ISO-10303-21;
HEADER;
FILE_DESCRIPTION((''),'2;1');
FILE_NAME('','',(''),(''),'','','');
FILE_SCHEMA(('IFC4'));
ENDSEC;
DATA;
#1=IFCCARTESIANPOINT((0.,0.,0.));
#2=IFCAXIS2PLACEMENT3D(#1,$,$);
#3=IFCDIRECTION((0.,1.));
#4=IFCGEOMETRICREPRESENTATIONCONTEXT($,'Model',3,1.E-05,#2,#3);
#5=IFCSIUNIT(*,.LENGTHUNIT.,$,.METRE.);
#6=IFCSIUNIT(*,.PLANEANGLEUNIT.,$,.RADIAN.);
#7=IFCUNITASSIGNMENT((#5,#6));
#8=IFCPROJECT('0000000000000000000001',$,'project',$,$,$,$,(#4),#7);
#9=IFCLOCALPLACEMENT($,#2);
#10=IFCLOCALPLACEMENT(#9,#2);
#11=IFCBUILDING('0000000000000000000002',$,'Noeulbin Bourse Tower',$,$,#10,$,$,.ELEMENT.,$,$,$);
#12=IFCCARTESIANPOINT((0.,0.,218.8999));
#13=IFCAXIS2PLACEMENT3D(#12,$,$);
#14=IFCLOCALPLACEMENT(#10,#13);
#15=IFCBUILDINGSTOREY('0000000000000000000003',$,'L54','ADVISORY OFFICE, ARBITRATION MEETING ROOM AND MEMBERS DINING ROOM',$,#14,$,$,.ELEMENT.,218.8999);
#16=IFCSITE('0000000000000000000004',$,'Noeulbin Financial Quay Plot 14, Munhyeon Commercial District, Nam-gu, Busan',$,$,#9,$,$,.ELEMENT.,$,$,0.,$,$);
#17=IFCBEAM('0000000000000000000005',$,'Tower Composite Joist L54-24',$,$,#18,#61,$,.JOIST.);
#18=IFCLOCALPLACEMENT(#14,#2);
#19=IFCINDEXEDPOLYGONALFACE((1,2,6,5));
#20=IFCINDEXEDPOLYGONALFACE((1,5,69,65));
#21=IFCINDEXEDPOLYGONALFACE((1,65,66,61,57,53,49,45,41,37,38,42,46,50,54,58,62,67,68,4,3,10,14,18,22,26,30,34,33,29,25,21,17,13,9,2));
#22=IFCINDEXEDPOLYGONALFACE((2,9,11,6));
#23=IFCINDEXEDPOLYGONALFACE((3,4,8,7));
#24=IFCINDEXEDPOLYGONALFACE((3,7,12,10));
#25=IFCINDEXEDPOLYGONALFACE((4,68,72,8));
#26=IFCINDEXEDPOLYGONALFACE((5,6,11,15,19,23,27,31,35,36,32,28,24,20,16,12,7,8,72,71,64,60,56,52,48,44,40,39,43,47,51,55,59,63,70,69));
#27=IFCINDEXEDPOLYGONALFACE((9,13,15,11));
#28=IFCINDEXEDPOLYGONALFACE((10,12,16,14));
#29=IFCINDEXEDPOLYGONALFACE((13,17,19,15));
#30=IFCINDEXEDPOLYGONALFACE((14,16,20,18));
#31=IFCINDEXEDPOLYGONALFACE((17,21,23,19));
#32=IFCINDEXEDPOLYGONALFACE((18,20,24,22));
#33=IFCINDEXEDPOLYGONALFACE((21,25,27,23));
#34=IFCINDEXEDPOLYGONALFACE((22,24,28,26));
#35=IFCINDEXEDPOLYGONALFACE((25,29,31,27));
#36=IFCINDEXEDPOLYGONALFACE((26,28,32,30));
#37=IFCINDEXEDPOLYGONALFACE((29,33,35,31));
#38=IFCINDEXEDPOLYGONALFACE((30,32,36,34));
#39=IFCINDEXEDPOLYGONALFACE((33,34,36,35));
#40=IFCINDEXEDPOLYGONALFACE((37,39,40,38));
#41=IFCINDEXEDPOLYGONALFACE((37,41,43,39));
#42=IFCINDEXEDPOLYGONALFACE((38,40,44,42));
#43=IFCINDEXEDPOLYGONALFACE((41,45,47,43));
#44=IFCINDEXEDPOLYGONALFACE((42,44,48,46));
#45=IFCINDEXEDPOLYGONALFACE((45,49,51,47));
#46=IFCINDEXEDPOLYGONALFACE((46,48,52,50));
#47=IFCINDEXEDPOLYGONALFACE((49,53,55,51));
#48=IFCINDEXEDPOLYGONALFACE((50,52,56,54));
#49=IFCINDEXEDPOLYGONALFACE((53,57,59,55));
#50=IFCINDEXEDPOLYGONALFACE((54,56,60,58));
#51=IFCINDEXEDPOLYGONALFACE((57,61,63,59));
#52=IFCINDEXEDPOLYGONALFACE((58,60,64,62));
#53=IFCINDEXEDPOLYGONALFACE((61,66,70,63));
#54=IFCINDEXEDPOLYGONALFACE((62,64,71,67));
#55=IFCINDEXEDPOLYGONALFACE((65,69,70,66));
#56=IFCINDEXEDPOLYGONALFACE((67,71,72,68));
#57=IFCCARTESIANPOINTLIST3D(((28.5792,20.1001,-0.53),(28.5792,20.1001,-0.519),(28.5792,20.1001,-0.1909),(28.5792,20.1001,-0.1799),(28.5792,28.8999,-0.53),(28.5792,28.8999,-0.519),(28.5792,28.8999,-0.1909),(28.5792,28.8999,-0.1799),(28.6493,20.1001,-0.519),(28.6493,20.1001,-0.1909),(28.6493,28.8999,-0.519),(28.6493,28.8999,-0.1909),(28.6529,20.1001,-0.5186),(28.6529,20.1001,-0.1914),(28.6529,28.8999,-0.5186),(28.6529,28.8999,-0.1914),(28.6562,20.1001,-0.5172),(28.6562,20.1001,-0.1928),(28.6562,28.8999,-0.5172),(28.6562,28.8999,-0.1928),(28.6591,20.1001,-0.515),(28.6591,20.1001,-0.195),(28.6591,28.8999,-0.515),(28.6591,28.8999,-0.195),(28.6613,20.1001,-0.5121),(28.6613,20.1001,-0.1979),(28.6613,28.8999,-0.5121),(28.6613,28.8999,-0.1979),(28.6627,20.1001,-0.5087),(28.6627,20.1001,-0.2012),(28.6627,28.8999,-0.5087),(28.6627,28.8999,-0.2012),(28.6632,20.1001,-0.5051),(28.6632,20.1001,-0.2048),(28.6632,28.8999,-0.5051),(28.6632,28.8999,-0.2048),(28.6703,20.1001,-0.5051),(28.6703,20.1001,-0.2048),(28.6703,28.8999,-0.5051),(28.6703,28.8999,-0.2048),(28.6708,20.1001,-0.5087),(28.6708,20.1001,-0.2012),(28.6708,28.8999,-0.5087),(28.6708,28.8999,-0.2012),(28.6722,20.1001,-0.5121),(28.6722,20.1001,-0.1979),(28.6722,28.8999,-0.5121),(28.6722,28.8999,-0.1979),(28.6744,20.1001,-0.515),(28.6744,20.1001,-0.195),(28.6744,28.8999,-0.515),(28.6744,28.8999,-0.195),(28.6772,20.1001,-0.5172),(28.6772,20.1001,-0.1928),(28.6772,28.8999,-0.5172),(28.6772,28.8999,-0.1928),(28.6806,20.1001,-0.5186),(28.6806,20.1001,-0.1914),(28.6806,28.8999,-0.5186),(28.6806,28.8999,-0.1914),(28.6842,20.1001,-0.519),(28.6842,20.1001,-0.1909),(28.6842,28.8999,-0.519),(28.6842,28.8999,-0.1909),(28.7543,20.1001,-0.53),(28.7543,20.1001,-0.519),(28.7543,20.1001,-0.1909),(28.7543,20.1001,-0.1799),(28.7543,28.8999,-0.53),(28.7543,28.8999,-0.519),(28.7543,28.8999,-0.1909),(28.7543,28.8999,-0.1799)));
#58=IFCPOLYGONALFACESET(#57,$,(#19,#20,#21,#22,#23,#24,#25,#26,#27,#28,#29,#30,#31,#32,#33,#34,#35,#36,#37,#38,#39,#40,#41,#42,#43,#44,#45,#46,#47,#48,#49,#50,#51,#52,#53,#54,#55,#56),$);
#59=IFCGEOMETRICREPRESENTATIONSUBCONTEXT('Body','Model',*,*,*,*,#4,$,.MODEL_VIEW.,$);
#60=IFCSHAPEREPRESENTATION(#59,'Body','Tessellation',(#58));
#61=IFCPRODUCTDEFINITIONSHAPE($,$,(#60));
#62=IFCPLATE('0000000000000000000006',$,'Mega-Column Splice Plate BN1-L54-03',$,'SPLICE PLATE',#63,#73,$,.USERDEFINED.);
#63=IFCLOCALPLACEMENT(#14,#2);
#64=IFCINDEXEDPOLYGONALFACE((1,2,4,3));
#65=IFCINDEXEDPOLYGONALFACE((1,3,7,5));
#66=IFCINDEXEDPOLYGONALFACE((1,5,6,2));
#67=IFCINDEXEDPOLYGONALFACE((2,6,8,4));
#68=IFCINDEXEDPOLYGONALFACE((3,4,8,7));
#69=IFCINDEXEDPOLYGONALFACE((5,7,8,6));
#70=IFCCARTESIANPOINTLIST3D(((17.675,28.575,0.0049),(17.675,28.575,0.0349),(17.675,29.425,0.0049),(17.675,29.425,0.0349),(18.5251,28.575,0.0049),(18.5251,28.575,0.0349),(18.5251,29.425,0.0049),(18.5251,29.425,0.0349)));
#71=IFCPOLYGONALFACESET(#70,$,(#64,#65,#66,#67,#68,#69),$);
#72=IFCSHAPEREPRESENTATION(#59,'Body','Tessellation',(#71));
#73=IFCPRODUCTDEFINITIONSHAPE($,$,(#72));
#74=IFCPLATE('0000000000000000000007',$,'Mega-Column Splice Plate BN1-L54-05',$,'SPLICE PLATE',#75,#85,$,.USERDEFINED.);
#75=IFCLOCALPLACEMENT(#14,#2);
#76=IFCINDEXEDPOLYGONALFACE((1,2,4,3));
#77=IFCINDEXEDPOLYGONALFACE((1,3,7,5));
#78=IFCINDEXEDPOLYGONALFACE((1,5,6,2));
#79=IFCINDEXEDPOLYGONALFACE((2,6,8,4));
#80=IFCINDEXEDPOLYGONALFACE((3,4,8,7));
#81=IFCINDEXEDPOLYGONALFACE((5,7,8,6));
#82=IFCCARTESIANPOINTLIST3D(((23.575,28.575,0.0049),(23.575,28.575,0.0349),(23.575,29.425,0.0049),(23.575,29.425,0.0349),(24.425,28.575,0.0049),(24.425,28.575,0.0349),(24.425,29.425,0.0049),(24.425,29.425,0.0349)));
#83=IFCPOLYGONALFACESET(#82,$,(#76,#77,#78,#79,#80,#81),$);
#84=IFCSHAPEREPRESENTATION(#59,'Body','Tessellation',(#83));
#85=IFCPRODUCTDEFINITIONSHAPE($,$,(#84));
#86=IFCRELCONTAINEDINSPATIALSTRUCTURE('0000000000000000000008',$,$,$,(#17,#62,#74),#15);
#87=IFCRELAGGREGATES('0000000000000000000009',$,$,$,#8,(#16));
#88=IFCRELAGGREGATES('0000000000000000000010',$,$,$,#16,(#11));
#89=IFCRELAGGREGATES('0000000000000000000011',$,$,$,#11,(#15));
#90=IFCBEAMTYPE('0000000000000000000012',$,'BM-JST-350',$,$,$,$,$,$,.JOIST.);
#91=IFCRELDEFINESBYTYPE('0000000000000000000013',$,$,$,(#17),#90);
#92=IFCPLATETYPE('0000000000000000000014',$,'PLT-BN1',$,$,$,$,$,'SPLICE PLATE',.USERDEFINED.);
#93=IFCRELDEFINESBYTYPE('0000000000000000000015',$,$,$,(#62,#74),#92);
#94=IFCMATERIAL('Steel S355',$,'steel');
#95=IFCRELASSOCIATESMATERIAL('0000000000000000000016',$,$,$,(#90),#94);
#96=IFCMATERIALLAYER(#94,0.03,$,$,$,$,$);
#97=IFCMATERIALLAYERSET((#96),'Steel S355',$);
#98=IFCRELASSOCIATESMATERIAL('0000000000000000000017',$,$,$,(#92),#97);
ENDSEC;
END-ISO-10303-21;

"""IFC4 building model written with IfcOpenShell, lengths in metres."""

from ifc_helpers import new_model, si_unit, direction, frame, origin, origin_2d, place, context, subcontext, project, spatial, rectangle, i_section, extrude, material, layer, layer_set, material_profile, profile_set, type_object, element, save


model = new_model("IFC4")

# Units and contexts
model_context = context("Model", 3, precision=1e-05, world=origin(), true_north=direction((0.0, 1.0)))
body_context = subcontext(model_context, "Body", "Model", "MODEL_VIEW")
ifc_project = project(units=[si_unit("LENGTHUNIT", "METRE"), si_unit("PLANEANGLEUNIT", "RADIAN")], contexts=[model_context])

# Site, building, storey
site_placement = place(None, origin())
site = spatial("IfcSite", under=ifc_project, at=site_placement, Name="Noeulbin Financial Quay Plot 14, Munhyeon Commercial District, Nam-gu, Busan", CompositionType="ELEMENT", RefElevation=0.0)
building_placement = place(site_placement, origin())
building = spatial("IfcBuilding", under=site, at=building_placement, Name="Noeulbin Bourse Tower", CompositionType="ELEMENT")
storey_placement = place(building_placement, frame((0.0, 0.0, 218.8999)))
storey = spatial("IfcBuildingStorey", under=building, at=storey_placement, Name="L54", Description="ADVISORY OFFICE, ARBITRATION MEETING ROOM AND MEMBERS DINING ROOM", CompositionType="ELEMENT", Elevation=218.8999)

# Shared definitions
ifc_material_1 = material(Name="Steel S355", Category="steel")

# Beam
ifc_material_profile_1 = material_profile(ifc_material_1, i_section(OverallWidth=0.175, OverallDepth=0.3501, WebThickness=0.0071, FlangeThickness=0.011, FilletRadius=0.0139, at=origin_2d()), Name="H-350x175x7x11", Category="LoadBearing")
ifc_profile_set_1 = profile_set([ifc_material_profile_1], Name="Steel S355")
beam_type_1 = type_object("IfcBeamType", Name="BM-JST-350", PredefinedType="JOIST", material=ifc_profile_set_1)
for number, where, z_axis, x_axis, name in (
    (1, (28.6667, 20.1001, -0.355), (0.0, 1.0, 0.0), (-1.0, 0.0, 0.0), "Tower Composite Joist L54-24"),
):
    element("IfcBeam", number, at=place(storey_placement, frame(where, z_axis=z_axis, x_axis=x_axis)), inside=storey, type_object=beam_type_1, Name=name, PredefinedType="JOIST", context=body_context, shape_type="SweptSolid", body=[
        extrude(i_section(OverallWidth=0.175, OverallDepth=0.3501, WebThickness=0.0071, FlangeThickness=0.011, FilletRadius=0.0139, at=origin_2d()), origin(), (0.0, 0.0, 1.0), 8.7998),
    ])

# Plates
ifc_layer_1 = layer(ifc_material_1, 0.03)
ifc_layer_set_1 = layer_set([ifc_layer_1], Name="Steel S355")
plate_type = type_object("IfcPlateType", Name="PLT-BN1", ElementType="SPLICE PLATE", PredefinedType="USERDEFINED", material=ifc_layer_set_1)
for number, where, z_axis, x_axis, name in (
    (2, (18.1001, 29.0, 0.0049), (0.0, 0.0, 1.0), (1.0, 0.0, 0.0), "Mega-Column Splice Plate BN1-L54-03"),
    (3, (24.0, 29.0, 0.0049), (0.0, 0.0, 1.0), (1.0, 0.0, 0.0), "Mega-Column Splice Plate BN1-L54-05"),
):
    element("IfcPlate", number, at=place(storey_placement, frame(where, z_axis=z_axis, x_axis=x_axis)), inside=storey, type_object=plate_type, Name=name, ObjectType="SPLICE PLATE", PredefinedType="USERDEFINED", context=body_context, shape_type="SweptSolid", body=[
        extrude(rectangle(XDim=0.8501, YDim=0.8501, at=origin_2d()), origin(), (0.0, 0.0, 1.0), 0.03),
    ])

save(model, "model.ifc")
